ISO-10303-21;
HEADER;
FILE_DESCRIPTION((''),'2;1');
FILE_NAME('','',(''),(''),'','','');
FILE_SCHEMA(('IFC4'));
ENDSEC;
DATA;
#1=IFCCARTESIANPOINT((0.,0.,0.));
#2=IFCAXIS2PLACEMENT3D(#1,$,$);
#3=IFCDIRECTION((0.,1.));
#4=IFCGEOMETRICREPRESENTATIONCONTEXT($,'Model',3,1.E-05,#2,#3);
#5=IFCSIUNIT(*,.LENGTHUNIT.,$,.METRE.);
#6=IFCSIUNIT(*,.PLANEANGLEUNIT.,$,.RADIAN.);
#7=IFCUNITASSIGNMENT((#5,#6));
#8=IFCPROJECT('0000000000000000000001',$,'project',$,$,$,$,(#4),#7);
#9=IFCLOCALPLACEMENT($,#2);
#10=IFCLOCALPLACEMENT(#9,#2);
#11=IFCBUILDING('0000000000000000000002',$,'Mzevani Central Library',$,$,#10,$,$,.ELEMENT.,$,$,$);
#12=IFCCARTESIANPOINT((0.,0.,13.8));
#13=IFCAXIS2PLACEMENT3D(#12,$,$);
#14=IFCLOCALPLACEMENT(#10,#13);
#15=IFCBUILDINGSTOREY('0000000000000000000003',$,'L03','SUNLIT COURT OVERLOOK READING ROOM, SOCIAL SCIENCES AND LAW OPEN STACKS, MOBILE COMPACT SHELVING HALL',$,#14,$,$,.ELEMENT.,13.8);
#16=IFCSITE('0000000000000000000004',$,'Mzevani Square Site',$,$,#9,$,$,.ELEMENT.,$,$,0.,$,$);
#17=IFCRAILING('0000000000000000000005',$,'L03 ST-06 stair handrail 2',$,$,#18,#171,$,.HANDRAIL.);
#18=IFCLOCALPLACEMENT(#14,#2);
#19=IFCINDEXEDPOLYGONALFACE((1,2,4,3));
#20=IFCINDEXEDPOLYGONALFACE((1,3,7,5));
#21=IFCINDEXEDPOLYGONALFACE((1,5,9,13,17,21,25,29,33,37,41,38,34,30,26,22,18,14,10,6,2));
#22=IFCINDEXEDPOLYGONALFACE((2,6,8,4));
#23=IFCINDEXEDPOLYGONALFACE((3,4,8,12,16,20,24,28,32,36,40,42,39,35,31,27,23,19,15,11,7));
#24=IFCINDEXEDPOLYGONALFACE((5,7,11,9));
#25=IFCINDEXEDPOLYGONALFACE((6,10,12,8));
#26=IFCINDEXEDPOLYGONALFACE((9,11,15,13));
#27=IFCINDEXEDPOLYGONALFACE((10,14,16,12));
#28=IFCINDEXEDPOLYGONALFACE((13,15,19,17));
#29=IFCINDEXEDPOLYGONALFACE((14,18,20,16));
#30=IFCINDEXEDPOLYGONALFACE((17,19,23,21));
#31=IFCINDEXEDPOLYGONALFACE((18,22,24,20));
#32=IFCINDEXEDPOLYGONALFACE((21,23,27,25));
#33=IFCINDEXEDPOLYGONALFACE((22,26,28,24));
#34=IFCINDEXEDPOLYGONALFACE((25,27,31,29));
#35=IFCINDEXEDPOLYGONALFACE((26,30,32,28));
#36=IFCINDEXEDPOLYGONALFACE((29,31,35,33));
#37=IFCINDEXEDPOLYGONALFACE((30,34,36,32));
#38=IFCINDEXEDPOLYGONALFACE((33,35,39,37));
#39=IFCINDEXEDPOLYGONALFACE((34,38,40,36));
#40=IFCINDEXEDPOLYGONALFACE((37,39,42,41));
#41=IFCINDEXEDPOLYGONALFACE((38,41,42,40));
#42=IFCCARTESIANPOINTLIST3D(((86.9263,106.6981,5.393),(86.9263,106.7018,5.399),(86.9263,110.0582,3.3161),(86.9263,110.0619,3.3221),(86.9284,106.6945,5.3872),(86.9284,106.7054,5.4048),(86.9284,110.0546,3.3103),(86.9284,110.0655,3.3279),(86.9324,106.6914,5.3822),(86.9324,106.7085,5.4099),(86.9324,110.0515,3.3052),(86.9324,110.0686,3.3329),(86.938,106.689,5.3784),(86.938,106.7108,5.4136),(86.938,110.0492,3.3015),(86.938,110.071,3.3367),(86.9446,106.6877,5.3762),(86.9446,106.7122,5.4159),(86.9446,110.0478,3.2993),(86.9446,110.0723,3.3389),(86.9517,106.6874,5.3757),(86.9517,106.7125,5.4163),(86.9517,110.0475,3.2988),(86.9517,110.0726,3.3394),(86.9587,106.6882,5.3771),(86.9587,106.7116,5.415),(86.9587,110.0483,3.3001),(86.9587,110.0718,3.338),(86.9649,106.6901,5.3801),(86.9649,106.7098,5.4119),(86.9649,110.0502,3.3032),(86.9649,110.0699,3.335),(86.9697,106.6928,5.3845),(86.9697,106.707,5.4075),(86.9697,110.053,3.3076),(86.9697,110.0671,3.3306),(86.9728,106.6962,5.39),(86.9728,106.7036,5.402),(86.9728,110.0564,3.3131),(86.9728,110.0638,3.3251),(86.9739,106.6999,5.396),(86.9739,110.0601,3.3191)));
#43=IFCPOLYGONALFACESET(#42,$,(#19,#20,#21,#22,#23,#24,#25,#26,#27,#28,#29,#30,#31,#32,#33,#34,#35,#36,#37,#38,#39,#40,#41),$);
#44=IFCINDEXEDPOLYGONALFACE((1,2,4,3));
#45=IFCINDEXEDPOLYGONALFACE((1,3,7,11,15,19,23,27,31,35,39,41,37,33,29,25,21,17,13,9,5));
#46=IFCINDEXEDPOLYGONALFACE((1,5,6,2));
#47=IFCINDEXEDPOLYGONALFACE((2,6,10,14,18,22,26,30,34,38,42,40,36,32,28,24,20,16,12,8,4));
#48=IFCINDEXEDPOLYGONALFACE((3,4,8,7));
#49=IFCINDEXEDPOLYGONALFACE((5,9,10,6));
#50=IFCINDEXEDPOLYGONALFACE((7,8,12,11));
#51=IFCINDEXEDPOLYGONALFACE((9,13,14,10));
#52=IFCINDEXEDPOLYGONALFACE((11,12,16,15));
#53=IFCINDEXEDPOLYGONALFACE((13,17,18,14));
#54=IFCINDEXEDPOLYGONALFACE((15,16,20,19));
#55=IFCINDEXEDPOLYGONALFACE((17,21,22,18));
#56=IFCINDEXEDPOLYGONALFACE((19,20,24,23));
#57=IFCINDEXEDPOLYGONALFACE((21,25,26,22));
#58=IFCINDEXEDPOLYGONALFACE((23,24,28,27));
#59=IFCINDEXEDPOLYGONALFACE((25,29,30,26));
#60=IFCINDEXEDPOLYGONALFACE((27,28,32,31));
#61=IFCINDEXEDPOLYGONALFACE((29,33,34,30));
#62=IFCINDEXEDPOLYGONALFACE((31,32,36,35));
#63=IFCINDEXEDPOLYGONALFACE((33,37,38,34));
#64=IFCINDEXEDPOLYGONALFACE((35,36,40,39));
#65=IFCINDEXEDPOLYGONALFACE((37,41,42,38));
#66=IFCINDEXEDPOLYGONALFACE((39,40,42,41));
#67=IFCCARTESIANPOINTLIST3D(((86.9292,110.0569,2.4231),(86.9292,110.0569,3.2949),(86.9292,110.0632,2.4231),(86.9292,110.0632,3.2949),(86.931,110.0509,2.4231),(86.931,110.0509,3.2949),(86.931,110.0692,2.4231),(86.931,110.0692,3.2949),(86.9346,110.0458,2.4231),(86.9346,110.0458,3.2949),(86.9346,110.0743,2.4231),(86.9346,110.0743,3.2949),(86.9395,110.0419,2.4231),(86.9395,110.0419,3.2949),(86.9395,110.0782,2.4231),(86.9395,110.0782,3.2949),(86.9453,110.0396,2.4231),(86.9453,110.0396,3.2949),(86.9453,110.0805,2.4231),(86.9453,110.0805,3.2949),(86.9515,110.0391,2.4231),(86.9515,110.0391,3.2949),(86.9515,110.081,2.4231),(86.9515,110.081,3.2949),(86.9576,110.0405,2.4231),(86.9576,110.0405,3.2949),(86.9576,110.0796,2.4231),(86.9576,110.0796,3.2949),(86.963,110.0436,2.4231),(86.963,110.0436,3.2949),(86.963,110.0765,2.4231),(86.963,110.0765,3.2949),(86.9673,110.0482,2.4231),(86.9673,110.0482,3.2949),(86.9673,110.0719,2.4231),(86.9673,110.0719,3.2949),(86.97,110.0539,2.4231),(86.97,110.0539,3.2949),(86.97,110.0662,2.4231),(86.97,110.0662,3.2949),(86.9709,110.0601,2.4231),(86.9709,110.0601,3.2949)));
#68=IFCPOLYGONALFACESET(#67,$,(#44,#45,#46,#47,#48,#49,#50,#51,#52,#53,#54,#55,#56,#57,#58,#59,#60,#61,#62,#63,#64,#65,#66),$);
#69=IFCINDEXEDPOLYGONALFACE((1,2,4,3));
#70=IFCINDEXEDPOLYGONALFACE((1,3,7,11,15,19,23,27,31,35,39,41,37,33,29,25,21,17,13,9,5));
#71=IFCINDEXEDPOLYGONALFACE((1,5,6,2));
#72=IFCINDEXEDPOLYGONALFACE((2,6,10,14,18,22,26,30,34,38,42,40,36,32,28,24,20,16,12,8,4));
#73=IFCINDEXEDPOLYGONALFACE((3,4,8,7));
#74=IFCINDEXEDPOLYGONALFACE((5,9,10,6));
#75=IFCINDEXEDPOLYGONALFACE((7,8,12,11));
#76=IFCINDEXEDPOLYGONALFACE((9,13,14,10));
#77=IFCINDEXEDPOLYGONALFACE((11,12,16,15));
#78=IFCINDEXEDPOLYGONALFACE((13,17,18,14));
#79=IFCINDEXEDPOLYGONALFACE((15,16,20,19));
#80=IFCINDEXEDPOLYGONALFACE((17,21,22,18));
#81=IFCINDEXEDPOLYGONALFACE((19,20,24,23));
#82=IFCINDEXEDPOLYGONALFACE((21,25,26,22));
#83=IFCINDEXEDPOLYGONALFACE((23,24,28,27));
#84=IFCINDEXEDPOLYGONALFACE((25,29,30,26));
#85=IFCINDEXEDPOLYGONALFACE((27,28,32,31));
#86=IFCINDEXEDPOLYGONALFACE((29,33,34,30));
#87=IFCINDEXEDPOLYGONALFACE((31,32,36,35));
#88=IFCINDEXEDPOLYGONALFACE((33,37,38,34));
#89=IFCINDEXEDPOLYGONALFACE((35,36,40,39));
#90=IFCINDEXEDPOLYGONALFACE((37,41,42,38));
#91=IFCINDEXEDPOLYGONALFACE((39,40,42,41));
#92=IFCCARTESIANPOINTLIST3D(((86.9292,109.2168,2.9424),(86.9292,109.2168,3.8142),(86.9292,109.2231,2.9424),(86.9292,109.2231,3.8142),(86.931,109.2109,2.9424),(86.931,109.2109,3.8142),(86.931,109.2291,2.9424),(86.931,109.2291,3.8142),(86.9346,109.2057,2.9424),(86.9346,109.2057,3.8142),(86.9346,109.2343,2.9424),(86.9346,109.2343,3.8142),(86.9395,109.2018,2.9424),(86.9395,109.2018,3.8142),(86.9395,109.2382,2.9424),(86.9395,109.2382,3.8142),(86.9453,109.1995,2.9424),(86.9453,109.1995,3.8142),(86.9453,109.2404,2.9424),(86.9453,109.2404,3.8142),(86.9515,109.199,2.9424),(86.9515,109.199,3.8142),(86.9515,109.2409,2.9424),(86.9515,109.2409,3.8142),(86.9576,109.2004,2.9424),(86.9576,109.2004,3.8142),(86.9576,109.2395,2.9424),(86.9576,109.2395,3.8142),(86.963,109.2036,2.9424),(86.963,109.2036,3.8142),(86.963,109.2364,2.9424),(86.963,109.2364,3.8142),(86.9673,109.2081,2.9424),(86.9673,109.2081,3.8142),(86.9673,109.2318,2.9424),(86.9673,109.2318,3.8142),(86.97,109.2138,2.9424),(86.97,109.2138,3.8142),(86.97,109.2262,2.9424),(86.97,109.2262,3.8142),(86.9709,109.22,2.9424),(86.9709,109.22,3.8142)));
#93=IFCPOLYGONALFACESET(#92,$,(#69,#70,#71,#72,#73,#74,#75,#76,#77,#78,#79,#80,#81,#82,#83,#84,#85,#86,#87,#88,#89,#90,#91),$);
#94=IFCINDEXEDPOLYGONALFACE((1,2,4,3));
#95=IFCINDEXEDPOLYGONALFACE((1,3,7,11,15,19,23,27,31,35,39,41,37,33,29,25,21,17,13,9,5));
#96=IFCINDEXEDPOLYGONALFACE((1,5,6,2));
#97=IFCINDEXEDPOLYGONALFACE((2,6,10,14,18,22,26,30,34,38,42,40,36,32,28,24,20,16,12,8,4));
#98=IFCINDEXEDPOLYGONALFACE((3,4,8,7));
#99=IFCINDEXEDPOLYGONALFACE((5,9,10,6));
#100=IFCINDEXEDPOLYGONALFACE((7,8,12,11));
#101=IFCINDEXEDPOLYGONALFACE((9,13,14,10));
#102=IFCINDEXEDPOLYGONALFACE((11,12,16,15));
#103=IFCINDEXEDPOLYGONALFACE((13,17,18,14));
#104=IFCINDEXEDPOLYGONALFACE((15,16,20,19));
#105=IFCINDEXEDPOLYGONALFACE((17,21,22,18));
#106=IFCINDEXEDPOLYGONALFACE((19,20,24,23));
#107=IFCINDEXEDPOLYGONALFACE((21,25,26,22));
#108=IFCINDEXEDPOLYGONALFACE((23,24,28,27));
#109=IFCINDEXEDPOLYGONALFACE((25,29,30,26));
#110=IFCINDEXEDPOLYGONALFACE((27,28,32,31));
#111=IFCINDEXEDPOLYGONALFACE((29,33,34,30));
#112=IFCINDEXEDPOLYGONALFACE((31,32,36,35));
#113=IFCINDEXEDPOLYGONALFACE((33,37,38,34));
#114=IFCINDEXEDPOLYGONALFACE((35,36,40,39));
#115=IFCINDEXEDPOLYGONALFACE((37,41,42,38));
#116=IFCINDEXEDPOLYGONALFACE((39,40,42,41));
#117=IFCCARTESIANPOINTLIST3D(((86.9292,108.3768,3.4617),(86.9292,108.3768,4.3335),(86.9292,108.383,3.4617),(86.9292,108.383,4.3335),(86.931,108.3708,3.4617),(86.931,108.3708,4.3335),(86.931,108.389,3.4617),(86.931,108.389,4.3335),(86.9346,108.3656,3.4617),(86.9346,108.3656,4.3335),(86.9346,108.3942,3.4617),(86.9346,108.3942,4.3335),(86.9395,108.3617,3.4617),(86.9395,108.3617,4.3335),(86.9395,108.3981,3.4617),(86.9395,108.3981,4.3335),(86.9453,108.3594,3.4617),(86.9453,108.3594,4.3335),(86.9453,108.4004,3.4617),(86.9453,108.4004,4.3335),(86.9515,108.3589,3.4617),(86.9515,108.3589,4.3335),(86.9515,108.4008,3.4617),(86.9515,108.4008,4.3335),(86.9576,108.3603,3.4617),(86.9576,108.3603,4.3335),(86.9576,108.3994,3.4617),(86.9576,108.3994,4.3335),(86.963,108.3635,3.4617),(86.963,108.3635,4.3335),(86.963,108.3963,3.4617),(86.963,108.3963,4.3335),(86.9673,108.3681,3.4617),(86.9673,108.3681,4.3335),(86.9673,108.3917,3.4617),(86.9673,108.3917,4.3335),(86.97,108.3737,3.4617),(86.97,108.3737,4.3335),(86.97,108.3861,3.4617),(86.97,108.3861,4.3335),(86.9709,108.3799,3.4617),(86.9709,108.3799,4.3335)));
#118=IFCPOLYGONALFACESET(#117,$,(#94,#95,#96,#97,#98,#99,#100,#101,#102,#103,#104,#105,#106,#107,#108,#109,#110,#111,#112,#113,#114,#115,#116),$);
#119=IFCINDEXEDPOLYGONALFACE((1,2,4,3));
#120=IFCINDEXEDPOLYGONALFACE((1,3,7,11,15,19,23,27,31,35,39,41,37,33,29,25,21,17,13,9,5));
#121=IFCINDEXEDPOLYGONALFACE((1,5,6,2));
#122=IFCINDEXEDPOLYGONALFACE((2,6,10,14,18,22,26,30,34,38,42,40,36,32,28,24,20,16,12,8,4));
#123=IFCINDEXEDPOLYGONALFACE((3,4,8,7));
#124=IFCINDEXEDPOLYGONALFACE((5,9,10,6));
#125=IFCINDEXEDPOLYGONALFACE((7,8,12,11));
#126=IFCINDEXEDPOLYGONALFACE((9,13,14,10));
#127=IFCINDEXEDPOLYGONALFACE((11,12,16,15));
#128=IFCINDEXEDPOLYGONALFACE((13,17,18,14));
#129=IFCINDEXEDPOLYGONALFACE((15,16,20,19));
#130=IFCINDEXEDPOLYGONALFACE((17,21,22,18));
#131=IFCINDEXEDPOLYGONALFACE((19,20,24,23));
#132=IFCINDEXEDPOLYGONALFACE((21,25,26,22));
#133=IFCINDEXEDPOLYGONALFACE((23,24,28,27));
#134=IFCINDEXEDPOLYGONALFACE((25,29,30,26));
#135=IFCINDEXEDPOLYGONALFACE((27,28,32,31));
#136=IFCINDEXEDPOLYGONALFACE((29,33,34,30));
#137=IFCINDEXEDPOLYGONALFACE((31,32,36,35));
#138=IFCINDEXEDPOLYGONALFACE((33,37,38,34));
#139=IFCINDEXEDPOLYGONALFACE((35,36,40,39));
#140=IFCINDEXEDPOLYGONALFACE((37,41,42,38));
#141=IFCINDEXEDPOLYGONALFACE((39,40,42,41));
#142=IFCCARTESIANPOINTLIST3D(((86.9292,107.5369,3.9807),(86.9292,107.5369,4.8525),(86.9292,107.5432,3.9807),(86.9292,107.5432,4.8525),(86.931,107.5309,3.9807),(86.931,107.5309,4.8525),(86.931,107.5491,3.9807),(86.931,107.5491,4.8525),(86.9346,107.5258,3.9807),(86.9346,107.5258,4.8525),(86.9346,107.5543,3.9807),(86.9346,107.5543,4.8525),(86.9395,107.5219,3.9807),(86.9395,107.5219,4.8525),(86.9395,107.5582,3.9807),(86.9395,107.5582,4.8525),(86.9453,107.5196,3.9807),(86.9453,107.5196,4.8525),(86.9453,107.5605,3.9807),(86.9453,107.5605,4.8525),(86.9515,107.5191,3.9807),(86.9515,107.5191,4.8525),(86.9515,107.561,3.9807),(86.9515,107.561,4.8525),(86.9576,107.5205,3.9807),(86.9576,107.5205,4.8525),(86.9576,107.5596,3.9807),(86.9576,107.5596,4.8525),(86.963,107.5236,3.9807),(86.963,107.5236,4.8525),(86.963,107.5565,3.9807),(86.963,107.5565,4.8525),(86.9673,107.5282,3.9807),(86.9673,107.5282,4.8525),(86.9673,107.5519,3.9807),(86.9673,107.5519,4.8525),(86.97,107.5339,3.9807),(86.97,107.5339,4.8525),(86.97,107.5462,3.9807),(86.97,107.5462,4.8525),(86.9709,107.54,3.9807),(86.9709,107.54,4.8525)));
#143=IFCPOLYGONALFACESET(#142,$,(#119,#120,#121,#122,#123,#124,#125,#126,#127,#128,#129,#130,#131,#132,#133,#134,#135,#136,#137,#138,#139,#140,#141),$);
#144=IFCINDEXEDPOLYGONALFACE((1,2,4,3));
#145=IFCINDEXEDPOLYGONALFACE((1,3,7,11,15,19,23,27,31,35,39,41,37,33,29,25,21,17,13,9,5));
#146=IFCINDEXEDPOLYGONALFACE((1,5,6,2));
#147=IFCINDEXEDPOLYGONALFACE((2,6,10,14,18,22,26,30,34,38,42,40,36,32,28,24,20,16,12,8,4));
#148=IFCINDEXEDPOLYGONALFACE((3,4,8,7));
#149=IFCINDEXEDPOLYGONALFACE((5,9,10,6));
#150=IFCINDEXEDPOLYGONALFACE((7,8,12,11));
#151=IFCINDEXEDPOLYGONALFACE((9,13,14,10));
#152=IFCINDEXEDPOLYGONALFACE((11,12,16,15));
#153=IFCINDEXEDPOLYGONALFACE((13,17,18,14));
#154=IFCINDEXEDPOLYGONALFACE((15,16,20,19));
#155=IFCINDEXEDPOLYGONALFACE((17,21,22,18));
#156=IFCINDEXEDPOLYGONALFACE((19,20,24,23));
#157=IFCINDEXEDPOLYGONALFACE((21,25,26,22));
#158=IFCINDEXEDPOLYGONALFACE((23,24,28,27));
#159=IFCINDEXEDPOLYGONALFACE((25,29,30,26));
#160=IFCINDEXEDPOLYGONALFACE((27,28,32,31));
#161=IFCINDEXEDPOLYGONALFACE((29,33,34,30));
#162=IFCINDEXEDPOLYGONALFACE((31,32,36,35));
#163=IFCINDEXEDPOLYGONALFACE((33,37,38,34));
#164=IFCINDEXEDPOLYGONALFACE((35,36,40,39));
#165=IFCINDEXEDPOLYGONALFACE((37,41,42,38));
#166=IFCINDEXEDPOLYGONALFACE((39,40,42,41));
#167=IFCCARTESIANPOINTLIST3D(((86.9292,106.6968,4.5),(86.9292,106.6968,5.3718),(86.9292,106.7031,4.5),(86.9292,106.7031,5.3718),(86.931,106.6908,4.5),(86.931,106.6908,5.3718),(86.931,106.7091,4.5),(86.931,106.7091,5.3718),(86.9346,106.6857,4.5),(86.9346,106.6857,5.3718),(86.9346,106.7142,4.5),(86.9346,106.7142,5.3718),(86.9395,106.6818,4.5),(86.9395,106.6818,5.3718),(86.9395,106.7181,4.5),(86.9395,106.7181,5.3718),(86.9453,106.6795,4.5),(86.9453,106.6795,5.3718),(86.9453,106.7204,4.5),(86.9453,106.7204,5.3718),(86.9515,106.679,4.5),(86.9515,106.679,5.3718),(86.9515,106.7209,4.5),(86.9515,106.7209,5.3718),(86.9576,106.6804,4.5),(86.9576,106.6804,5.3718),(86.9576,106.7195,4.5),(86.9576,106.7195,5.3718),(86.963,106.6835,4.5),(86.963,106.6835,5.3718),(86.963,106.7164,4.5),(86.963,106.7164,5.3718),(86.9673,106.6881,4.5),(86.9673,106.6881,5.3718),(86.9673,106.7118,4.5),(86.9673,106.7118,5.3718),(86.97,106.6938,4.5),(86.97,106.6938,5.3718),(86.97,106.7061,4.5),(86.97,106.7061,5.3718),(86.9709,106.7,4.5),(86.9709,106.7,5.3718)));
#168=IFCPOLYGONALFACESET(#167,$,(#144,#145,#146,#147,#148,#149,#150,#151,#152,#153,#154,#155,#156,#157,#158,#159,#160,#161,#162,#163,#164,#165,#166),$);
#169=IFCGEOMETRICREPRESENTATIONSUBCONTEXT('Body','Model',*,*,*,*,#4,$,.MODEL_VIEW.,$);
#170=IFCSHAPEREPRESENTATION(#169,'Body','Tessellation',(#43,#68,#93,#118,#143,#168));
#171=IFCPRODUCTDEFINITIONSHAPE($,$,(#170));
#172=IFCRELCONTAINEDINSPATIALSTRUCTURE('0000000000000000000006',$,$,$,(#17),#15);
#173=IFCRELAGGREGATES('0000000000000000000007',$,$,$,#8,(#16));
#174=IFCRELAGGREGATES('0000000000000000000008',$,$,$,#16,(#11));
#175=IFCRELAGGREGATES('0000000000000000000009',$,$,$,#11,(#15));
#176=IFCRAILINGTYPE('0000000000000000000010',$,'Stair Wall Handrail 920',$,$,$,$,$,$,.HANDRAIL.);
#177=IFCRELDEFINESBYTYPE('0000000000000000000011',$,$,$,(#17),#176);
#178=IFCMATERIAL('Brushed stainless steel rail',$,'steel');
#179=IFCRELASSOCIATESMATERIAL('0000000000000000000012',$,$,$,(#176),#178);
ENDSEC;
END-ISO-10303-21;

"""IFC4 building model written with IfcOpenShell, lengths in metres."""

from ifc_helpers import new_model, si_unit, direction, frame, origin, origin_2d, place, context, subcontext, project, spatial, circle, extrude, material, type_object, element, save


model = new_model("IFC4")

# Units and contexts
model_context = context("Model", 3, precision=1e-05, world=origin(), true_north=direction((0.0, 1.0)))
body_context = subcontext(model_context, "Body", "Model", "MODEL_VIEW")
ifc_project = project(units=[si_unit("LENGTHUNIT", "METRE"), si_unit("PLANEANGLEUNIT", "RADIAN")], contexts=[model_context])

# Site, building, storey
site_placement = place(None, origin())
site = spatial("IfcSite", under=ifc_project, at=site_placement, Name="Mzevani Square Site", CompositionType="ELEMENT", RefElevation=0.0)
building_placement = place(site_placement, origin())
building = spatial("IfcBuilding", under=site, at=building_placement, Name="Mzevani Central Library", CompositionType="ELEMENT")
storey_placement = place(building_placement, frame((0.0, 0.0, 13.8)))
storey = spatial("IfcBuildingStorey", under=building, at=storey_placement, Name="L03", Description="SUNLIT COURT OVERLOOK READING ROOM, SOCIAL SCIENCES AND LAW OPEN STACKS, MOBILE COMPACT SHELVING HALL", CompositionType="ELEMENT", Elevation=13.8)

# Shared definitions
ifc_material_1 = material(Name="Brushed stainless steel rail", Category="steel")

# Railing
railing_type_1 = type_object("IfcRailingType", Name="Stair Wall Handrail 920", PredefinedType="HANDRAIL", material=ifc_material_1)
railing_1_placement = place(storey_placement, frame((86.95, 110.0601, 2.4231)))
element("IfcRailing", 1, at=railing_1_placement, inside=storey, type_object=railing_type_1, Name="L03 ST-06 stair handrail 2", PredefinedType="HANDRAIL", context=body_context, shape_type="SweptSolid", body=[
    extrude(circle(Radius=0.0239, at=origin_2d()), frame((0.0, 0.0, 0.896), z_axis=(0.0, -0.850623, 0.525776), x_axis=(1.0, 0.0, 0.0)), (0.0, 0.0, 1.0), 3.9502),
    extrude(circle(Radius=0.021, at=origin_2d()), origin(), (0.0, 0.0, 1.0), 0.8718),
    extrude(circle(Radius=0.021, at=origin_2d()), frame((0.0, -0.8401, 0.5193)), (0.0, 0.0, 1.0), 0.8718),
    extrude(circle(Radius=0.021, at=origin_2d()), frame((0.0, -1.6802, 1.0386)), (0.0, 0.0, 1.0), 0.8718),
    extrude(circle(Radius=0.021, at=origin_2d()), frame((0.0, -2.52, 1.5576)), (0.0, 0.0, 1.0), 0.8718),
    extrude(circle(Radius=0.021, at=origin_2d()), frame((0.0, -3.3601, 2.0769)), (0.0, 0.0, 1.0), 0.8718),
])

save(model, "model.ifc")
